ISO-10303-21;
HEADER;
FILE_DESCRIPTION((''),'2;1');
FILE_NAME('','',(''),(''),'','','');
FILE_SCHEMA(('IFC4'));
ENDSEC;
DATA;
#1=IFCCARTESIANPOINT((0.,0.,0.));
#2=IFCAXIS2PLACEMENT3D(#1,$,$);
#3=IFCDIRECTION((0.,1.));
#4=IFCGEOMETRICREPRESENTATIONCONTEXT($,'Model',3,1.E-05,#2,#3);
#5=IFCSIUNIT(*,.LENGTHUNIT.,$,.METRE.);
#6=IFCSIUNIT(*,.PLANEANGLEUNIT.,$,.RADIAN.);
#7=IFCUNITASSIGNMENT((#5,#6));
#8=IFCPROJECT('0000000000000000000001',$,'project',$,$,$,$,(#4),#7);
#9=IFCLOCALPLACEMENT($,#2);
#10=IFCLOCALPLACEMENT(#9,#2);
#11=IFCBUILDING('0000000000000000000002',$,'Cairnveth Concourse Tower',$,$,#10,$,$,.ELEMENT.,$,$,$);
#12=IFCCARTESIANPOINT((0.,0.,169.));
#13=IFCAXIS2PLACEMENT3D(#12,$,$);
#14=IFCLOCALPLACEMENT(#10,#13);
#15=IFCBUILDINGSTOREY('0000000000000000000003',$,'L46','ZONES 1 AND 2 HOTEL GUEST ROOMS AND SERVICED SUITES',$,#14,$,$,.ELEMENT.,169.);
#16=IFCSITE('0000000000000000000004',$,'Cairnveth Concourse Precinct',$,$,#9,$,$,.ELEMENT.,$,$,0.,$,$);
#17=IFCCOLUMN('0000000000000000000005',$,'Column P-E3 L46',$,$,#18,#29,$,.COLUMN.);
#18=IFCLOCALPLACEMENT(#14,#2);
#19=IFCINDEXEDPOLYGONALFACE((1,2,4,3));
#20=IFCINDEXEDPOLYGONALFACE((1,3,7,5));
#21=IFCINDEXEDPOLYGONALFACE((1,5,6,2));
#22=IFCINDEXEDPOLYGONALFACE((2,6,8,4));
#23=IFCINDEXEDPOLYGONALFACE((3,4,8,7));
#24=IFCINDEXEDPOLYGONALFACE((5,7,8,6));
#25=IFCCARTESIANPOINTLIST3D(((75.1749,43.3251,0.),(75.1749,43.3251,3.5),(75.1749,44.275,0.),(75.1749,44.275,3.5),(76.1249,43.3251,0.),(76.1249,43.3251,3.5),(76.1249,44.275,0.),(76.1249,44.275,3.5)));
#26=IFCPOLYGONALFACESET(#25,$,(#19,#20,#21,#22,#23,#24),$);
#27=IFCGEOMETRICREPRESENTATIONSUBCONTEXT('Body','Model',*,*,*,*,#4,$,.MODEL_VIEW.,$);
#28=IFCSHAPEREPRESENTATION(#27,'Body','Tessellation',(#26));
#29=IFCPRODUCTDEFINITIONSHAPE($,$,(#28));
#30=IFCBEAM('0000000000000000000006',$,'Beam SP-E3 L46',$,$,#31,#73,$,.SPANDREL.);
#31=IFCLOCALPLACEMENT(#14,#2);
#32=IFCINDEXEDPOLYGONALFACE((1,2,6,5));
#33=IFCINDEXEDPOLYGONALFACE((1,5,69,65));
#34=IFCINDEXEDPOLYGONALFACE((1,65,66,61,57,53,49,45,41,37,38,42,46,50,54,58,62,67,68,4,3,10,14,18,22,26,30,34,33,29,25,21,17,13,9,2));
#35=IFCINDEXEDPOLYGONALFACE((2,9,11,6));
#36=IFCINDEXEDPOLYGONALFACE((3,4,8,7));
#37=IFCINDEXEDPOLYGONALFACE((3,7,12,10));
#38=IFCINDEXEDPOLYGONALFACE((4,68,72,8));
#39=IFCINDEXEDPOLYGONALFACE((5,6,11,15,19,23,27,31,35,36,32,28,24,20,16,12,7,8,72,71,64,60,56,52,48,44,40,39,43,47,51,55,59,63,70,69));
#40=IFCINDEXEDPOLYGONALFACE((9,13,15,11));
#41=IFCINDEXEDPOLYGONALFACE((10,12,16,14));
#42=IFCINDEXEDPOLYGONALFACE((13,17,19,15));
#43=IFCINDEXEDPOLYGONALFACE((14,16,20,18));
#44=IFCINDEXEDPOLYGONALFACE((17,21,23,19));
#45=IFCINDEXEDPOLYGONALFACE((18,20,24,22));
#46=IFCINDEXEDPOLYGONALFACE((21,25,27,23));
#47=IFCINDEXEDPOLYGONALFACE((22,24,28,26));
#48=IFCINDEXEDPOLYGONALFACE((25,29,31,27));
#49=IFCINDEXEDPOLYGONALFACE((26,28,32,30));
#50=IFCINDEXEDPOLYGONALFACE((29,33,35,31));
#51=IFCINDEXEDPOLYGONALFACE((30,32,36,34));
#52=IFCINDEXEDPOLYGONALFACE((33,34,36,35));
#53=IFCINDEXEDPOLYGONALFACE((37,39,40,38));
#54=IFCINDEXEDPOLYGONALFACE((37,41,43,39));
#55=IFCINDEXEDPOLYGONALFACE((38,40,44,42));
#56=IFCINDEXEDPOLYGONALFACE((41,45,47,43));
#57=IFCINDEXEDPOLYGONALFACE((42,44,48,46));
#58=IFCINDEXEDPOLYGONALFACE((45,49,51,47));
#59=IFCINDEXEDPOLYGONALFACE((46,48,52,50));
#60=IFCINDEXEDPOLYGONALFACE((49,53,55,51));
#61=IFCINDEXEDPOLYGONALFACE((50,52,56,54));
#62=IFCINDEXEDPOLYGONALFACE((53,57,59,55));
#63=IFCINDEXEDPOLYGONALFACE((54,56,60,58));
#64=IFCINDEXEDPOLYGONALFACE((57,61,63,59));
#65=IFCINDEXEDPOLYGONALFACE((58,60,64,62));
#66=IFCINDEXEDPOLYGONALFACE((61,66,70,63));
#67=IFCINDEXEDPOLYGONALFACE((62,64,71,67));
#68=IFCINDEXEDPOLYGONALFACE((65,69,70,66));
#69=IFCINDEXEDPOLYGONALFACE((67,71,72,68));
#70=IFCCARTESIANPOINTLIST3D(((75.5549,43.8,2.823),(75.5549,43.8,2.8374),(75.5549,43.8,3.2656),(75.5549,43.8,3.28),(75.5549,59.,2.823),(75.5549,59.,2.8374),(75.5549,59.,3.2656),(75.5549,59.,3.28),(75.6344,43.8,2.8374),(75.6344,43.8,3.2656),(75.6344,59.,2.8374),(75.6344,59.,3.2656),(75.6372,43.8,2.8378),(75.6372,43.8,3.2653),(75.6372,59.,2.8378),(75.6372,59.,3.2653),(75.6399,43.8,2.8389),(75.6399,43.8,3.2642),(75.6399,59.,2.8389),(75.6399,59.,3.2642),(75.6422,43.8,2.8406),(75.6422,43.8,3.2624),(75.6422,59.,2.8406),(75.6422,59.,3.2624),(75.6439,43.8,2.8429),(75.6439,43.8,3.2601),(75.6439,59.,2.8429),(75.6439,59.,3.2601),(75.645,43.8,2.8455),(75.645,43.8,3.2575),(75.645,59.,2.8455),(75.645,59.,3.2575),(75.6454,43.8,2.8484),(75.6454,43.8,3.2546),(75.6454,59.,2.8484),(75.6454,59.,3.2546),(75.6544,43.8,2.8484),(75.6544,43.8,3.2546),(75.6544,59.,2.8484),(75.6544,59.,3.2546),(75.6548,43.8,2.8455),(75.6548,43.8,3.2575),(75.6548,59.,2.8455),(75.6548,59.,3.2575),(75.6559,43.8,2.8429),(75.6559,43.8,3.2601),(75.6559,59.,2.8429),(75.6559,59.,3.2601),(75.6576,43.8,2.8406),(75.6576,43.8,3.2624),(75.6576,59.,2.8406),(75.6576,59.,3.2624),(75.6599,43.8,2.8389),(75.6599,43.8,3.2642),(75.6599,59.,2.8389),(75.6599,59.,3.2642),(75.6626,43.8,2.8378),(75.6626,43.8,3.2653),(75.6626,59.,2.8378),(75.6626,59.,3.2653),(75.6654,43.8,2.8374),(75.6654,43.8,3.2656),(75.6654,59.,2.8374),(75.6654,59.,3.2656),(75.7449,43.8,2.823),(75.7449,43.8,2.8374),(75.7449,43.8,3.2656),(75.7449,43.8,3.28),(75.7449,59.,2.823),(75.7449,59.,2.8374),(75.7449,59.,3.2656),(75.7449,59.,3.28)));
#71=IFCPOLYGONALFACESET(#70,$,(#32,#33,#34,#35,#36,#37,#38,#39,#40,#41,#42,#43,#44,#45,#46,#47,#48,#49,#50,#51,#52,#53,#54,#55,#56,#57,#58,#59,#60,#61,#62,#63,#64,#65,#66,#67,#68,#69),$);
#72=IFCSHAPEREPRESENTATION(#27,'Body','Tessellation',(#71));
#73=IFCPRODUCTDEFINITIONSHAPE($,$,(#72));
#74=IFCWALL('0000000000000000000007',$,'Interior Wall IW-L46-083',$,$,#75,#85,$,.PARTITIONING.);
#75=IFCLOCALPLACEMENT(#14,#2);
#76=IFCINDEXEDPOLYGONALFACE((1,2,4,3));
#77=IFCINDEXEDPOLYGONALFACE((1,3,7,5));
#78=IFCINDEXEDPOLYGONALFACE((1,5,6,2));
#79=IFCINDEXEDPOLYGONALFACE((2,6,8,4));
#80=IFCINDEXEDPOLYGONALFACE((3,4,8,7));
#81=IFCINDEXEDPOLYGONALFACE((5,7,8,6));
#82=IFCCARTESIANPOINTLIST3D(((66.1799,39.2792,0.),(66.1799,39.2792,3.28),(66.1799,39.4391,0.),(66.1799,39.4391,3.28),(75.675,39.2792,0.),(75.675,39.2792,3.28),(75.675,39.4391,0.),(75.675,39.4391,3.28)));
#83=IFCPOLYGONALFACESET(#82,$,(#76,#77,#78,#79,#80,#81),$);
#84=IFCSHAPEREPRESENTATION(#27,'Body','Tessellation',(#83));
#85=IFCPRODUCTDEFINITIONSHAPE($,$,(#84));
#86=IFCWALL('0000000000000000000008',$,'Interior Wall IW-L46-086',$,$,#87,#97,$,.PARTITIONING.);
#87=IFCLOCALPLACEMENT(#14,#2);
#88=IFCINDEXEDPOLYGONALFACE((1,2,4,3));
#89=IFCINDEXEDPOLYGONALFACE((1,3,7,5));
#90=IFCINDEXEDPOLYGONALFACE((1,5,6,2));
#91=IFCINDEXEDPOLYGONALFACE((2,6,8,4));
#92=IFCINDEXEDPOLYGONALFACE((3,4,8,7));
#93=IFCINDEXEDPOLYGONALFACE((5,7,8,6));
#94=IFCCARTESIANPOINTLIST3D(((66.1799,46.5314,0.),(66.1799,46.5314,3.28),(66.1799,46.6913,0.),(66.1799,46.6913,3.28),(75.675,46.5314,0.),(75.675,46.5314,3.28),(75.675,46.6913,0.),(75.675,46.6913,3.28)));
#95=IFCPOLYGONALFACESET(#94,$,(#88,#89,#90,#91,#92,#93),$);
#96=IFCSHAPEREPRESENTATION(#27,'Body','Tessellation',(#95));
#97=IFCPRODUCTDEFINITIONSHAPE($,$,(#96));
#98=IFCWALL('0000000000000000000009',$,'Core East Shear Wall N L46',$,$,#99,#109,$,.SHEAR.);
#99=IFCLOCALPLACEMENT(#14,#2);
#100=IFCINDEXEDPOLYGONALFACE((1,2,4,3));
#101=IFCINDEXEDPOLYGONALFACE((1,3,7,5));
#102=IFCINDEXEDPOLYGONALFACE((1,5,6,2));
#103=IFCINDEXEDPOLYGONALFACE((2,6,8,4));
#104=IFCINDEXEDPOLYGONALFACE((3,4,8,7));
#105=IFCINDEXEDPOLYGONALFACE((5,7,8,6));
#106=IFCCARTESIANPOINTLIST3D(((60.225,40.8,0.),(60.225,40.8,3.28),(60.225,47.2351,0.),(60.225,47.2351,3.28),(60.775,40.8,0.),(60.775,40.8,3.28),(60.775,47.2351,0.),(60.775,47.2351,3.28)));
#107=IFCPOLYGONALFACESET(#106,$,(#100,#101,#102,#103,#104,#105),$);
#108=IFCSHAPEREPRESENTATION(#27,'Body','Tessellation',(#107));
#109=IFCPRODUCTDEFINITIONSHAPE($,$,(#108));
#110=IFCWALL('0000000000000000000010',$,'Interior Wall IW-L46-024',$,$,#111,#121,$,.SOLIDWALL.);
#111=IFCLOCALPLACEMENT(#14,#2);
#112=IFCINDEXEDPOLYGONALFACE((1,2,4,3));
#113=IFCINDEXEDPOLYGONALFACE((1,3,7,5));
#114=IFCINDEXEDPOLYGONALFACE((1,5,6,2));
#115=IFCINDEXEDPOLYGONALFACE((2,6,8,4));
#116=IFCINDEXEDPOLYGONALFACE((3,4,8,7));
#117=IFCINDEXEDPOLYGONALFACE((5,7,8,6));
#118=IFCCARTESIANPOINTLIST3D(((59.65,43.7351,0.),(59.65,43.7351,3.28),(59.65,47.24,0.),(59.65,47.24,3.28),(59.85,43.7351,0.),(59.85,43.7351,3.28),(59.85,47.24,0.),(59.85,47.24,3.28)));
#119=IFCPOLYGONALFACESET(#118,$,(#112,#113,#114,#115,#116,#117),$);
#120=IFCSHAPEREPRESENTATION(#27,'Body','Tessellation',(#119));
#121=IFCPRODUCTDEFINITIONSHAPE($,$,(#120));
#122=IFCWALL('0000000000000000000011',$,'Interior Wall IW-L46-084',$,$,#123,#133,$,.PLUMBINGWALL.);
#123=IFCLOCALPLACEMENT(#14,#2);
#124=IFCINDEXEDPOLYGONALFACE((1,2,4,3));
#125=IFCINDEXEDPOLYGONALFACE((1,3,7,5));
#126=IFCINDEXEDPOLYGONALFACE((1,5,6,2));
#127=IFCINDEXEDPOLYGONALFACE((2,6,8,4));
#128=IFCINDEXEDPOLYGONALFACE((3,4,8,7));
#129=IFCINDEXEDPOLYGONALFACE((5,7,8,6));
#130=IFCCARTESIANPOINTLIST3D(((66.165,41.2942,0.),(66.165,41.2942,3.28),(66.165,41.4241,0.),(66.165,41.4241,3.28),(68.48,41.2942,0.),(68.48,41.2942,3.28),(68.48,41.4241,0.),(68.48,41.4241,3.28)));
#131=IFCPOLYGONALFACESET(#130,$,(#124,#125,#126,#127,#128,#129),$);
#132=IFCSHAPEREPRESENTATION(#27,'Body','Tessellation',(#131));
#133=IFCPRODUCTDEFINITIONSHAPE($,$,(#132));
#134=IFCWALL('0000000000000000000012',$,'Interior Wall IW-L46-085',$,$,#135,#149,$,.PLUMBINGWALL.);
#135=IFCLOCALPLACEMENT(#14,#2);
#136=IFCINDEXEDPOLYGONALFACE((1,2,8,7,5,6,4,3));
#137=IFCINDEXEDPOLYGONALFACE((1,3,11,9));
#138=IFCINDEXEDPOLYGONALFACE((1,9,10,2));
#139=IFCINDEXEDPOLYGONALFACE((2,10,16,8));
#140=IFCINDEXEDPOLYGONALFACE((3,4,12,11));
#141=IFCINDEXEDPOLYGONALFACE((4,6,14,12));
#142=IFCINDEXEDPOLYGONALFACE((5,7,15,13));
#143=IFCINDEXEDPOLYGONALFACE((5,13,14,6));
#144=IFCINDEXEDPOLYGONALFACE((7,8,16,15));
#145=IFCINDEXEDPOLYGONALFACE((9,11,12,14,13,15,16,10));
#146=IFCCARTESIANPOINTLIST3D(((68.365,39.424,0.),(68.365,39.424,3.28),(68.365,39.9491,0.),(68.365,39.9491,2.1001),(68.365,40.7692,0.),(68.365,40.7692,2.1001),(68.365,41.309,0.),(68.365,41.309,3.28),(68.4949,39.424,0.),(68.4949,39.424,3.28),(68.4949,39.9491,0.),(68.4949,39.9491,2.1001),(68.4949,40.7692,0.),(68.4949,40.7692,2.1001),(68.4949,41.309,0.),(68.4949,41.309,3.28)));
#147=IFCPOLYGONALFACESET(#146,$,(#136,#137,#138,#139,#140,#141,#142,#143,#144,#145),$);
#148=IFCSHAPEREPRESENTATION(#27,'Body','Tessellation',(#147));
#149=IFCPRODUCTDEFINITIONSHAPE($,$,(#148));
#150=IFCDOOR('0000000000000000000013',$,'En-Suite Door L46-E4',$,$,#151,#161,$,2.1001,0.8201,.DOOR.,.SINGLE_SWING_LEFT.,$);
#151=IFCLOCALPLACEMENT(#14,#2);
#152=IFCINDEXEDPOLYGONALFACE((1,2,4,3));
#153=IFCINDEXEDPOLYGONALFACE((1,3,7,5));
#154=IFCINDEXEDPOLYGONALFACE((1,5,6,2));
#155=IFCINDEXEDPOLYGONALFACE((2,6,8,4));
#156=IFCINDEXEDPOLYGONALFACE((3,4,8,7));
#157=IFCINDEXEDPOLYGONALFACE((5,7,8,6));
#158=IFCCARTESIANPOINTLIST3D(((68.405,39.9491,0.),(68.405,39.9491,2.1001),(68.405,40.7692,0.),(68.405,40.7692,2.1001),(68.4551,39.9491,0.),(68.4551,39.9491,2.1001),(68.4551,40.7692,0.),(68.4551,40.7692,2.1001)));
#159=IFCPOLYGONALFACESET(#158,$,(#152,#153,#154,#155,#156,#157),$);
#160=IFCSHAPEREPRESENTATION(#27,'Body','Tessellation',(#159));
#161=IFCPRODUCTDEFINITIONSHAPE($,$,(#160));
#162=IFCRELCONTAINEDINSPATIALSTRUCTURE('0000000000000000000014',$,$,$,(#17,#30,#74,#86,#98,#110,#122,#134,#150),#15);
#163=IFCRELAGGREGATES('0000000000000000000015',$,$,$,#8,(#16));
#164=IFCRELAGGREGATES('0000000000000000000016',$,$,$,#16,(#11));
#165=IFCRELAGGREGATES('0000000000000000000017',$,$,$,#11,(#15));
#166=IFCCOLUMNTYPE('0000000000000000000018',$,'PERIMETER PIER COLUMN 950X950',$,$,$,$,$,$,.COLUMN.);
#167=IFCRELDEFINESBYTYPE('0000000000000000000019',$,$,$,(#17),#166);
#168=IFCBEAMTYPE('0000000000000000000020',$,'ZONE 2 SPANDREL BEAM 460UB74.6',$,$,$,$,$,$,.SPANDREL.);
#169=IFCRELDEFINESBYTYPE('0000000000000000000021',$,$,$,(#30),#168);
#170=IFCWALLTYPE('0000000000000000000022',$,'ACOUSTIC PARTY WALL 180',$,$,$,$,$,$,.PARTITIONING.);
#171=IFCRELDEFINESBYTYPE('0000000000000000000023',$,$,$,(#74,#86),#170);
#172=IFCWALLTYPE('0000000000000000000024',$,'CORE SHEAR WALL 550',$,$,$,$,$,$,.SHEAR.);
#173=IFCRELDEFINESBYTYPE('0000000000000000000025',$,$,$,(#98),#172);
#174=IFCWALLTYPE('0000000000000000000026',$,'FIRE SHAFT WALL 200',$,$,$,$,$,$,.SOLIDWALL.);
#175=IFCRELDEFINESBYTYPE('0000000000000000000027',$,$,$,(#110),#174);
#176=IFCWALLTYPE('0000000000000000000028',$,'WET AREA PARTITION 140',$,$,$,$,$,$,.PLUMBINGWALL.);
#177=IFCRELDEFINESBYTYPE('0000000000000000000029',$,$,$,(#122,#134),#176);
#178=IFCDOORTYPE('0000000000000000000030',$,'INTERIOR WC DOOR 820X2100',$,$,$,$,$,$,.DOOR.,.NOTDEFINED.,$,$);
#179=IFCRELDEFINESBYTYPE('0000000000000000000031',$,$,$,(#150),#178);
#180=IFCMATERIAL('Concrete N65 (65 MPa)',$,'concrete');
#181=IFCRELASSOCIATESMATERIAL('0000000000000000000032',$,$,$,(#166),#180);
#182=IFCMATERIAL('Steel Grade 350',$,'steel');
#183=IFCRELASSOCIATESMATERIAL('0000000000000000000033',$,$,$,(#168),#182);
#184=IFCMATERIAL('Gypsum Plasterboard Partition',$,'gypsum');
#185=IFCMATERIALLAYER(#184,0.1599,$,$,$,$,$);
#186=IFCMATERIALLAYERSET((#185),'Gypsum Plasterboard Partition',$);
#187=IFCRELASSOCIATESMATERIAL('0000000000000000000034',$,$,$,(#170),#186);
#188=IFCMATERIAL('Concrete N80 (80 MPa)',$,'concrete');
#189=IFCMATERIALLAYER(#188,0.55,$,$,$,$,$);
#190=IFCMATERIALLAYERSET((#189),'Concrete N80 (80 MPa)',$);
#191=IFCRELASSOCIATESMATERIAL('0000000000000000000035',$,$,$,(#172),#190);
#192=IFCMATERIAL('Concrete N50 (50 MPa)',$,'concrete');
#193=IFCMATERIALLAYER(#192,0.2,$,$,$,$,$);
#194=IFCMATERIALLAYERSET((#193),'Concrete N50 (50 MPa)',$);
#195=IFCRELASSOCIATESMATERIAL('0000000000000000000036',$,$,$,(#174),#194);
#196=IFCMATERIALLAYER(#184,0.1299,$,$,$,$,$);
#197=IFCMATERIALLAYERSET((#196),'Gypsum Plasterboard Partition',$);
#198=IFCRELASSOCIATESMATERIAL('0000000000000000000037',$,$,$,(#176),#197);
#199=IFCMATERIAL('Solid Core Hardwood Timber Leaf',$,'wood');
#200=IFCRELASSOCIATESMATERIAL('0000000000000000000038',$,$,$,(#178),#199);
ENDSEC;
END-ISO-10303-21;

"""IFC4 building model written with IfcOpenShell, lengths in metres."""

from ifc_helpers import new_model, si_unit, direction, frame, frame_2d, origin, origin_2d, place, context, subcontext, project, spatial, rectangle, i_section, extrude, material, layer, layer_set, material_profile, profile_set, type_object, element, fill, save


model = new_model("IFC4")

# Units and contexts
model_context = context("Model", 3, precision=1e-05, world=origin(), true_north=direction((0.0, 1.0)))
body_context = subcontext(model_context, "Body", "Model", "MODEL_VIEW")
ifc_project = project(units=[si_unit("LENGTHUNIT", "METRE"), si_unit("PLANEANGLEUNIT", "RADIAN")], contexts=[model_context])

# Site, building, storey
site_placement = place(None, origin())
site = spatial("IfcSite", under=ifc_project, at=site_placement, Name="Cairnveth Concourse Precinct", CompositionType="ELEMENT", RefElevation=0.0)
building_placement = place(site_placement, origin())
building = spatial("IfcBuilding", under=site, at=building_placement, Name="Cairnveth Concourse Tower", CompositionType="ELEMENT")
storey_placement = place(building_placement, frame((0.0, 0.0, 169.0)))
storey = spatial("IfcBuildingStorey", under=building, at=storey_placement, Name="L46", Description="ZONES 1 AND 2 HOTEL GUEST ROOMS AND SERVICED SUITES", CompositionType="ELEMENT", Elevation=169.0)

# Column
ifc_material_1 = material(Name="Concrete N65 (65 MPa)", Category="concrete")
ifc_material_profile_1 = material_profile(ifc_material_1, rectangle(XDim=0.95, YDim=0.95, at=origin_2d()), Name="RC-COL-950x950")
ifc_profile_set_1 = profile_set([ifc_material_profile_1], Name="Concrete N65 (65 MPa)")
column_type = type_object("IfcColumnType", Name="PERIMETER PIER COLUMN 950X950", PredefinedType="COLUMN", material=ifc_profile_set_1)
column_placement = place(storey_placement, frame((75.6499, 43.8, 0.0), z_axis=(0.0, 0.0, 1.0), x_axis=(0.0, 1.0, 0.0)))
element("IfcColumn", 1, at=column_placement, inside=storey, type_object=column_type, Name="Column P-E3 L46", PredefinedType="COLUMN", context=body_context, shape_type="SweptSolid", body=[
    extrude(rectangle(XDim=0.95, YDim=0.95, at=origin_2d()), origin(), (0.0, 0.0, 1.0), 3.5),
])

# Beam
ifc_material_2 = material(Name="Steel Grade 350", Category="steel")
ifc_material_profile_2 = material_profile(ifc_material_2, i_section(OverallWidth=0.1899, OverallDepth=0.457, WebThickness=0.009, FlangeThickness=0.0144, FilletRadius=0.011, at=origin_2d()), Name="460UB74.6")
ifc_profile_set_2 = profile_set([ifc_material_profile_2], Name="Steel Grade 350")
beam_type = type_object("IfcBeamType", Name="ZONE 2 SPANDREL BEAM 460UB74.6", PredefinedType="SPANDREL", material=ifc_profile_set_2)
beam_placement = place(storey_placement, frame((75.6499, 43.8, 3.0515), z_axis=(0.0, 1.0, 0.0), x_axis=(-1.0, 0.0, 0.0)))
element("IfcBeam", 2, at=beam_placement, inside=storey, type_object=beam_type, Name="Beam SP-E3 L46", PredefinedType="SPANDREL", context=body_context, shape_type="SweptSolid", body=[
    extrude(i_section(OverallWidth=0.1899, OverallDepth=0.457, WebThickness=0.009, FlangeThickness=0.0144, FilletRadius=0.011, at=origin_2d()), origin(), (0.0, 0.0, 1.0), 15.2),
])

# Walls
ifc_material_3 = material(Name="Gypsum Plasterboard Partition", Category="gypsum")
ifc_layer_1 = layer(ifc_material_3, 0.1599)
ifc_layer_set_1 = layer_set([ifc_layer_1], Name="Gypsum Plasterboard Partition")
wall_type_1 = type_object("IfcWallType", Name="ACOUSTIC PARTY WALL 180", PredefinedType="PARTITIONING", material=ifc_layer_set_1)
for number, where, z_axis, x_axis, name in (
    (3, (66.1799, 39.3591, 0.0), (0.0, 0.0, 1.0), (1.0, 0.0, 0.0), "Interior Wall IW-L46-083"),
    (4, (66.1799, 46.6113, 0.0), (0.0, 0.0, 1.0), (1.0, 0.0, 0.0), "Interior Wall IW-L46-086"),
):
    element("IfcWall", number, at=place(storey_placement, frame(where, z_axis=z_axis, x_axis=x_axis)), inside=storey, type_object=wall_type_1, Name=name, PredefinedType="PARTITIONING", context=body_context, shape_type="SweptSolid", body=[
        extrude(rectangle(XDim=9.4951, YDim=0.1599, at=frame_2d((4.7476, 0.0))), origin(), (0.0, 0.0, 1.0), 3.28),
    ])
ifc_material_4 = material(Name="Concrete N80 (80 MPa)", Category="concrete")
ifc_layer_2 = layer(ifc_material_4, 0.55)
ifc_layer_set_2 = layer_set([ifc_layer_2], Name="Concrete N80 (80 MPa)")
wall_type_2 = type_object("IfcWallType", Name="CORE SHEAR WALL 550", PredefinedType="SHEAR", material=ifc_layer_set_2)
wall_1_placement = place(storey_placement, frame((60.5, 40.8, 0.0), z_axis=(0.0, 0.0, 1.0), x_axis=(0.0, 1.0, 0.0)))
element("IfcWall", 5, at=wall_1_placement, inside=storey, type_object=wall_type_2, Name="Core East Shear Wall N L46", PredefinedType="SHEAR", context=body_context, shape_type="SweptSolid", body=[
    extrude(rectangle(XDim=6.4351, YDim=0.55, at=frame_2d((3.2175, 0.0))), origin(), (0.0, 0.0, 1.0), 3.28),
])

# Shared definitions
ifc_material_5 = material(Name="Concrete N50 (50 MPa)", Category="concrete")
ifc_layer_3 = layer(ifc_material_5, 0.2)
ifc_layer_set_3 = layer_set([ifc_layer_3], Name="Concrete N50 (50 MPa)")
wall_type_3 = type_object("IfcWallType", Name="FIRE SHAFT WALL 200", PredefinedType="SOLIDWALL", material=ifc_layer_set_3)

# Walls
wall_2_placement = place(storey_placement, frame((59.75, 43.7351, 0.0), z_axis=(0.0, 0.0, 1.0), x_axis=(0.0, 1.0, 0.0)))
element("IfcWall", 6, at=wall_2_placement, inside=storey, type_object=wall_type_3, Name="Interior Wall IW-L46-024", PredefinedType="SOLIDWALL", context=body_context, shape_type="SweptSolid", body=[
    extrude(rectangle(XDim=3.5049, YDim=0.2, at=frame_2d((1.7524, 0.0))), origin(), (0.0, 0.0, 1.0), 3.28),
])
ifc_layer_4 = layer(ifc_material_3, 0.1299)
ifc_layer_set_4 = layer_set([ifc_layer_4], Name="Gypsum Plasterboard Partition")
wall_type_4 = type_object("IfcWallType", Name="WET AREA PARTITION 140", PredefinedType="PLUMBINGWALL", material=ifc_layer_set_4)
wall_3_placement = place(storey_placement, frame((66.165, 41.3591, 0.0), z_axis=(0.0, 0.0, 1.0), x_axis=(1.0, 0.0, 0.0)))
element("IfcWall", 7, at=wall_3_placement, inside=storey, type_object=wall_type_4, Name="Interior Wall IW-L46-084", PredefinedType="PLUMBINGWALL", context=body_context, shape_type="SweptSolid", body=[
    extrude(rectangle(XDim=2.3149, YDim=0.1299, at=frame_2d((1.1575, 0.0))), origin(), (0.0, 0.0, 1.0), 3.28),
])

# Wall, opening, door
wall_4_placement = place(storey_placement, frame((68.4299, 39.4241, 0.0), z_axis=(0.0, 0.0, 1.0), x_axis=(0.0, 1.0, 0.0)))
wall_4 = element("IfcWall", 8, at=wall_4_placement, inside=storey, type_object=wall_type_4, Name="Interior Wall IW-L46-085", PredefinedType="PLUMBINGWALL", context=body_context, shape_type="SweptSolid", body=[
    extrude(rectangle(XDim=1.885, YDim=0.1299, at=frame_2d((0.9424, 0.0))), origin(), (0.0, 0.0, 1.0), 3.28),
])
opening_1_placement = place(wall_4_placement, frame((0.5249, 0.0, 0.0)))
opening_1 = element("IfcOpeningElement", 9, at=opening_1_placement, cuts=wall_4, PredefinedType="OPENING", context=body_context, shape_type="SweptSolid", body=[
    extrude(rectangle(XDim=0.8201, YDim=2.1001, at=frame_2d((0.4102, 1.05))), frame((0.0, 0.075, 0.0), z_axis=(0.0, -1.0, 0.0), x_axis=(1.0, 0.0, 0.0)), (0.0, 0.0, 1.0), 0.1499),
])
ifc_material_6 = material(Name="Solid Core Hardwood Timber Leaf", Category="wood")
door_type_1 = type_object("IfcDoorType", Name="INTERIOR WC DOOR 820X2100", OperationType="NOTDEFINED", PredefinedType="DOOR", material=ifc_material_6)
door_1_placement = place(opening_1_placement, origin())
door_1 = element("IfcDoor", 10, at=door_1_placement, inside=storey, type_object=door_type_1, Name="En-Suite Door L46-E4", OperationType="SINGLE_SWING_LEFT", OverallHeight=2.1001, OverallWidth=0.8201, PredefinedType="DOOR", context=body_context, shape_type="SweptSolid", body=[
    extrude(rectangle(XDim=0.8201, YDim=2.1001, at=frame_2d((0.4102, 1.05))), frame((0.0, 0.0249, 0.0), z_axis=(0.0, -1.0, 0.0), x_axis=(1.0, 0.0, 0.0)), (0.0, 0.0, 1.0), 0.05),
])
fill(opening_1, door_1)

save(model, "model.ifc")
